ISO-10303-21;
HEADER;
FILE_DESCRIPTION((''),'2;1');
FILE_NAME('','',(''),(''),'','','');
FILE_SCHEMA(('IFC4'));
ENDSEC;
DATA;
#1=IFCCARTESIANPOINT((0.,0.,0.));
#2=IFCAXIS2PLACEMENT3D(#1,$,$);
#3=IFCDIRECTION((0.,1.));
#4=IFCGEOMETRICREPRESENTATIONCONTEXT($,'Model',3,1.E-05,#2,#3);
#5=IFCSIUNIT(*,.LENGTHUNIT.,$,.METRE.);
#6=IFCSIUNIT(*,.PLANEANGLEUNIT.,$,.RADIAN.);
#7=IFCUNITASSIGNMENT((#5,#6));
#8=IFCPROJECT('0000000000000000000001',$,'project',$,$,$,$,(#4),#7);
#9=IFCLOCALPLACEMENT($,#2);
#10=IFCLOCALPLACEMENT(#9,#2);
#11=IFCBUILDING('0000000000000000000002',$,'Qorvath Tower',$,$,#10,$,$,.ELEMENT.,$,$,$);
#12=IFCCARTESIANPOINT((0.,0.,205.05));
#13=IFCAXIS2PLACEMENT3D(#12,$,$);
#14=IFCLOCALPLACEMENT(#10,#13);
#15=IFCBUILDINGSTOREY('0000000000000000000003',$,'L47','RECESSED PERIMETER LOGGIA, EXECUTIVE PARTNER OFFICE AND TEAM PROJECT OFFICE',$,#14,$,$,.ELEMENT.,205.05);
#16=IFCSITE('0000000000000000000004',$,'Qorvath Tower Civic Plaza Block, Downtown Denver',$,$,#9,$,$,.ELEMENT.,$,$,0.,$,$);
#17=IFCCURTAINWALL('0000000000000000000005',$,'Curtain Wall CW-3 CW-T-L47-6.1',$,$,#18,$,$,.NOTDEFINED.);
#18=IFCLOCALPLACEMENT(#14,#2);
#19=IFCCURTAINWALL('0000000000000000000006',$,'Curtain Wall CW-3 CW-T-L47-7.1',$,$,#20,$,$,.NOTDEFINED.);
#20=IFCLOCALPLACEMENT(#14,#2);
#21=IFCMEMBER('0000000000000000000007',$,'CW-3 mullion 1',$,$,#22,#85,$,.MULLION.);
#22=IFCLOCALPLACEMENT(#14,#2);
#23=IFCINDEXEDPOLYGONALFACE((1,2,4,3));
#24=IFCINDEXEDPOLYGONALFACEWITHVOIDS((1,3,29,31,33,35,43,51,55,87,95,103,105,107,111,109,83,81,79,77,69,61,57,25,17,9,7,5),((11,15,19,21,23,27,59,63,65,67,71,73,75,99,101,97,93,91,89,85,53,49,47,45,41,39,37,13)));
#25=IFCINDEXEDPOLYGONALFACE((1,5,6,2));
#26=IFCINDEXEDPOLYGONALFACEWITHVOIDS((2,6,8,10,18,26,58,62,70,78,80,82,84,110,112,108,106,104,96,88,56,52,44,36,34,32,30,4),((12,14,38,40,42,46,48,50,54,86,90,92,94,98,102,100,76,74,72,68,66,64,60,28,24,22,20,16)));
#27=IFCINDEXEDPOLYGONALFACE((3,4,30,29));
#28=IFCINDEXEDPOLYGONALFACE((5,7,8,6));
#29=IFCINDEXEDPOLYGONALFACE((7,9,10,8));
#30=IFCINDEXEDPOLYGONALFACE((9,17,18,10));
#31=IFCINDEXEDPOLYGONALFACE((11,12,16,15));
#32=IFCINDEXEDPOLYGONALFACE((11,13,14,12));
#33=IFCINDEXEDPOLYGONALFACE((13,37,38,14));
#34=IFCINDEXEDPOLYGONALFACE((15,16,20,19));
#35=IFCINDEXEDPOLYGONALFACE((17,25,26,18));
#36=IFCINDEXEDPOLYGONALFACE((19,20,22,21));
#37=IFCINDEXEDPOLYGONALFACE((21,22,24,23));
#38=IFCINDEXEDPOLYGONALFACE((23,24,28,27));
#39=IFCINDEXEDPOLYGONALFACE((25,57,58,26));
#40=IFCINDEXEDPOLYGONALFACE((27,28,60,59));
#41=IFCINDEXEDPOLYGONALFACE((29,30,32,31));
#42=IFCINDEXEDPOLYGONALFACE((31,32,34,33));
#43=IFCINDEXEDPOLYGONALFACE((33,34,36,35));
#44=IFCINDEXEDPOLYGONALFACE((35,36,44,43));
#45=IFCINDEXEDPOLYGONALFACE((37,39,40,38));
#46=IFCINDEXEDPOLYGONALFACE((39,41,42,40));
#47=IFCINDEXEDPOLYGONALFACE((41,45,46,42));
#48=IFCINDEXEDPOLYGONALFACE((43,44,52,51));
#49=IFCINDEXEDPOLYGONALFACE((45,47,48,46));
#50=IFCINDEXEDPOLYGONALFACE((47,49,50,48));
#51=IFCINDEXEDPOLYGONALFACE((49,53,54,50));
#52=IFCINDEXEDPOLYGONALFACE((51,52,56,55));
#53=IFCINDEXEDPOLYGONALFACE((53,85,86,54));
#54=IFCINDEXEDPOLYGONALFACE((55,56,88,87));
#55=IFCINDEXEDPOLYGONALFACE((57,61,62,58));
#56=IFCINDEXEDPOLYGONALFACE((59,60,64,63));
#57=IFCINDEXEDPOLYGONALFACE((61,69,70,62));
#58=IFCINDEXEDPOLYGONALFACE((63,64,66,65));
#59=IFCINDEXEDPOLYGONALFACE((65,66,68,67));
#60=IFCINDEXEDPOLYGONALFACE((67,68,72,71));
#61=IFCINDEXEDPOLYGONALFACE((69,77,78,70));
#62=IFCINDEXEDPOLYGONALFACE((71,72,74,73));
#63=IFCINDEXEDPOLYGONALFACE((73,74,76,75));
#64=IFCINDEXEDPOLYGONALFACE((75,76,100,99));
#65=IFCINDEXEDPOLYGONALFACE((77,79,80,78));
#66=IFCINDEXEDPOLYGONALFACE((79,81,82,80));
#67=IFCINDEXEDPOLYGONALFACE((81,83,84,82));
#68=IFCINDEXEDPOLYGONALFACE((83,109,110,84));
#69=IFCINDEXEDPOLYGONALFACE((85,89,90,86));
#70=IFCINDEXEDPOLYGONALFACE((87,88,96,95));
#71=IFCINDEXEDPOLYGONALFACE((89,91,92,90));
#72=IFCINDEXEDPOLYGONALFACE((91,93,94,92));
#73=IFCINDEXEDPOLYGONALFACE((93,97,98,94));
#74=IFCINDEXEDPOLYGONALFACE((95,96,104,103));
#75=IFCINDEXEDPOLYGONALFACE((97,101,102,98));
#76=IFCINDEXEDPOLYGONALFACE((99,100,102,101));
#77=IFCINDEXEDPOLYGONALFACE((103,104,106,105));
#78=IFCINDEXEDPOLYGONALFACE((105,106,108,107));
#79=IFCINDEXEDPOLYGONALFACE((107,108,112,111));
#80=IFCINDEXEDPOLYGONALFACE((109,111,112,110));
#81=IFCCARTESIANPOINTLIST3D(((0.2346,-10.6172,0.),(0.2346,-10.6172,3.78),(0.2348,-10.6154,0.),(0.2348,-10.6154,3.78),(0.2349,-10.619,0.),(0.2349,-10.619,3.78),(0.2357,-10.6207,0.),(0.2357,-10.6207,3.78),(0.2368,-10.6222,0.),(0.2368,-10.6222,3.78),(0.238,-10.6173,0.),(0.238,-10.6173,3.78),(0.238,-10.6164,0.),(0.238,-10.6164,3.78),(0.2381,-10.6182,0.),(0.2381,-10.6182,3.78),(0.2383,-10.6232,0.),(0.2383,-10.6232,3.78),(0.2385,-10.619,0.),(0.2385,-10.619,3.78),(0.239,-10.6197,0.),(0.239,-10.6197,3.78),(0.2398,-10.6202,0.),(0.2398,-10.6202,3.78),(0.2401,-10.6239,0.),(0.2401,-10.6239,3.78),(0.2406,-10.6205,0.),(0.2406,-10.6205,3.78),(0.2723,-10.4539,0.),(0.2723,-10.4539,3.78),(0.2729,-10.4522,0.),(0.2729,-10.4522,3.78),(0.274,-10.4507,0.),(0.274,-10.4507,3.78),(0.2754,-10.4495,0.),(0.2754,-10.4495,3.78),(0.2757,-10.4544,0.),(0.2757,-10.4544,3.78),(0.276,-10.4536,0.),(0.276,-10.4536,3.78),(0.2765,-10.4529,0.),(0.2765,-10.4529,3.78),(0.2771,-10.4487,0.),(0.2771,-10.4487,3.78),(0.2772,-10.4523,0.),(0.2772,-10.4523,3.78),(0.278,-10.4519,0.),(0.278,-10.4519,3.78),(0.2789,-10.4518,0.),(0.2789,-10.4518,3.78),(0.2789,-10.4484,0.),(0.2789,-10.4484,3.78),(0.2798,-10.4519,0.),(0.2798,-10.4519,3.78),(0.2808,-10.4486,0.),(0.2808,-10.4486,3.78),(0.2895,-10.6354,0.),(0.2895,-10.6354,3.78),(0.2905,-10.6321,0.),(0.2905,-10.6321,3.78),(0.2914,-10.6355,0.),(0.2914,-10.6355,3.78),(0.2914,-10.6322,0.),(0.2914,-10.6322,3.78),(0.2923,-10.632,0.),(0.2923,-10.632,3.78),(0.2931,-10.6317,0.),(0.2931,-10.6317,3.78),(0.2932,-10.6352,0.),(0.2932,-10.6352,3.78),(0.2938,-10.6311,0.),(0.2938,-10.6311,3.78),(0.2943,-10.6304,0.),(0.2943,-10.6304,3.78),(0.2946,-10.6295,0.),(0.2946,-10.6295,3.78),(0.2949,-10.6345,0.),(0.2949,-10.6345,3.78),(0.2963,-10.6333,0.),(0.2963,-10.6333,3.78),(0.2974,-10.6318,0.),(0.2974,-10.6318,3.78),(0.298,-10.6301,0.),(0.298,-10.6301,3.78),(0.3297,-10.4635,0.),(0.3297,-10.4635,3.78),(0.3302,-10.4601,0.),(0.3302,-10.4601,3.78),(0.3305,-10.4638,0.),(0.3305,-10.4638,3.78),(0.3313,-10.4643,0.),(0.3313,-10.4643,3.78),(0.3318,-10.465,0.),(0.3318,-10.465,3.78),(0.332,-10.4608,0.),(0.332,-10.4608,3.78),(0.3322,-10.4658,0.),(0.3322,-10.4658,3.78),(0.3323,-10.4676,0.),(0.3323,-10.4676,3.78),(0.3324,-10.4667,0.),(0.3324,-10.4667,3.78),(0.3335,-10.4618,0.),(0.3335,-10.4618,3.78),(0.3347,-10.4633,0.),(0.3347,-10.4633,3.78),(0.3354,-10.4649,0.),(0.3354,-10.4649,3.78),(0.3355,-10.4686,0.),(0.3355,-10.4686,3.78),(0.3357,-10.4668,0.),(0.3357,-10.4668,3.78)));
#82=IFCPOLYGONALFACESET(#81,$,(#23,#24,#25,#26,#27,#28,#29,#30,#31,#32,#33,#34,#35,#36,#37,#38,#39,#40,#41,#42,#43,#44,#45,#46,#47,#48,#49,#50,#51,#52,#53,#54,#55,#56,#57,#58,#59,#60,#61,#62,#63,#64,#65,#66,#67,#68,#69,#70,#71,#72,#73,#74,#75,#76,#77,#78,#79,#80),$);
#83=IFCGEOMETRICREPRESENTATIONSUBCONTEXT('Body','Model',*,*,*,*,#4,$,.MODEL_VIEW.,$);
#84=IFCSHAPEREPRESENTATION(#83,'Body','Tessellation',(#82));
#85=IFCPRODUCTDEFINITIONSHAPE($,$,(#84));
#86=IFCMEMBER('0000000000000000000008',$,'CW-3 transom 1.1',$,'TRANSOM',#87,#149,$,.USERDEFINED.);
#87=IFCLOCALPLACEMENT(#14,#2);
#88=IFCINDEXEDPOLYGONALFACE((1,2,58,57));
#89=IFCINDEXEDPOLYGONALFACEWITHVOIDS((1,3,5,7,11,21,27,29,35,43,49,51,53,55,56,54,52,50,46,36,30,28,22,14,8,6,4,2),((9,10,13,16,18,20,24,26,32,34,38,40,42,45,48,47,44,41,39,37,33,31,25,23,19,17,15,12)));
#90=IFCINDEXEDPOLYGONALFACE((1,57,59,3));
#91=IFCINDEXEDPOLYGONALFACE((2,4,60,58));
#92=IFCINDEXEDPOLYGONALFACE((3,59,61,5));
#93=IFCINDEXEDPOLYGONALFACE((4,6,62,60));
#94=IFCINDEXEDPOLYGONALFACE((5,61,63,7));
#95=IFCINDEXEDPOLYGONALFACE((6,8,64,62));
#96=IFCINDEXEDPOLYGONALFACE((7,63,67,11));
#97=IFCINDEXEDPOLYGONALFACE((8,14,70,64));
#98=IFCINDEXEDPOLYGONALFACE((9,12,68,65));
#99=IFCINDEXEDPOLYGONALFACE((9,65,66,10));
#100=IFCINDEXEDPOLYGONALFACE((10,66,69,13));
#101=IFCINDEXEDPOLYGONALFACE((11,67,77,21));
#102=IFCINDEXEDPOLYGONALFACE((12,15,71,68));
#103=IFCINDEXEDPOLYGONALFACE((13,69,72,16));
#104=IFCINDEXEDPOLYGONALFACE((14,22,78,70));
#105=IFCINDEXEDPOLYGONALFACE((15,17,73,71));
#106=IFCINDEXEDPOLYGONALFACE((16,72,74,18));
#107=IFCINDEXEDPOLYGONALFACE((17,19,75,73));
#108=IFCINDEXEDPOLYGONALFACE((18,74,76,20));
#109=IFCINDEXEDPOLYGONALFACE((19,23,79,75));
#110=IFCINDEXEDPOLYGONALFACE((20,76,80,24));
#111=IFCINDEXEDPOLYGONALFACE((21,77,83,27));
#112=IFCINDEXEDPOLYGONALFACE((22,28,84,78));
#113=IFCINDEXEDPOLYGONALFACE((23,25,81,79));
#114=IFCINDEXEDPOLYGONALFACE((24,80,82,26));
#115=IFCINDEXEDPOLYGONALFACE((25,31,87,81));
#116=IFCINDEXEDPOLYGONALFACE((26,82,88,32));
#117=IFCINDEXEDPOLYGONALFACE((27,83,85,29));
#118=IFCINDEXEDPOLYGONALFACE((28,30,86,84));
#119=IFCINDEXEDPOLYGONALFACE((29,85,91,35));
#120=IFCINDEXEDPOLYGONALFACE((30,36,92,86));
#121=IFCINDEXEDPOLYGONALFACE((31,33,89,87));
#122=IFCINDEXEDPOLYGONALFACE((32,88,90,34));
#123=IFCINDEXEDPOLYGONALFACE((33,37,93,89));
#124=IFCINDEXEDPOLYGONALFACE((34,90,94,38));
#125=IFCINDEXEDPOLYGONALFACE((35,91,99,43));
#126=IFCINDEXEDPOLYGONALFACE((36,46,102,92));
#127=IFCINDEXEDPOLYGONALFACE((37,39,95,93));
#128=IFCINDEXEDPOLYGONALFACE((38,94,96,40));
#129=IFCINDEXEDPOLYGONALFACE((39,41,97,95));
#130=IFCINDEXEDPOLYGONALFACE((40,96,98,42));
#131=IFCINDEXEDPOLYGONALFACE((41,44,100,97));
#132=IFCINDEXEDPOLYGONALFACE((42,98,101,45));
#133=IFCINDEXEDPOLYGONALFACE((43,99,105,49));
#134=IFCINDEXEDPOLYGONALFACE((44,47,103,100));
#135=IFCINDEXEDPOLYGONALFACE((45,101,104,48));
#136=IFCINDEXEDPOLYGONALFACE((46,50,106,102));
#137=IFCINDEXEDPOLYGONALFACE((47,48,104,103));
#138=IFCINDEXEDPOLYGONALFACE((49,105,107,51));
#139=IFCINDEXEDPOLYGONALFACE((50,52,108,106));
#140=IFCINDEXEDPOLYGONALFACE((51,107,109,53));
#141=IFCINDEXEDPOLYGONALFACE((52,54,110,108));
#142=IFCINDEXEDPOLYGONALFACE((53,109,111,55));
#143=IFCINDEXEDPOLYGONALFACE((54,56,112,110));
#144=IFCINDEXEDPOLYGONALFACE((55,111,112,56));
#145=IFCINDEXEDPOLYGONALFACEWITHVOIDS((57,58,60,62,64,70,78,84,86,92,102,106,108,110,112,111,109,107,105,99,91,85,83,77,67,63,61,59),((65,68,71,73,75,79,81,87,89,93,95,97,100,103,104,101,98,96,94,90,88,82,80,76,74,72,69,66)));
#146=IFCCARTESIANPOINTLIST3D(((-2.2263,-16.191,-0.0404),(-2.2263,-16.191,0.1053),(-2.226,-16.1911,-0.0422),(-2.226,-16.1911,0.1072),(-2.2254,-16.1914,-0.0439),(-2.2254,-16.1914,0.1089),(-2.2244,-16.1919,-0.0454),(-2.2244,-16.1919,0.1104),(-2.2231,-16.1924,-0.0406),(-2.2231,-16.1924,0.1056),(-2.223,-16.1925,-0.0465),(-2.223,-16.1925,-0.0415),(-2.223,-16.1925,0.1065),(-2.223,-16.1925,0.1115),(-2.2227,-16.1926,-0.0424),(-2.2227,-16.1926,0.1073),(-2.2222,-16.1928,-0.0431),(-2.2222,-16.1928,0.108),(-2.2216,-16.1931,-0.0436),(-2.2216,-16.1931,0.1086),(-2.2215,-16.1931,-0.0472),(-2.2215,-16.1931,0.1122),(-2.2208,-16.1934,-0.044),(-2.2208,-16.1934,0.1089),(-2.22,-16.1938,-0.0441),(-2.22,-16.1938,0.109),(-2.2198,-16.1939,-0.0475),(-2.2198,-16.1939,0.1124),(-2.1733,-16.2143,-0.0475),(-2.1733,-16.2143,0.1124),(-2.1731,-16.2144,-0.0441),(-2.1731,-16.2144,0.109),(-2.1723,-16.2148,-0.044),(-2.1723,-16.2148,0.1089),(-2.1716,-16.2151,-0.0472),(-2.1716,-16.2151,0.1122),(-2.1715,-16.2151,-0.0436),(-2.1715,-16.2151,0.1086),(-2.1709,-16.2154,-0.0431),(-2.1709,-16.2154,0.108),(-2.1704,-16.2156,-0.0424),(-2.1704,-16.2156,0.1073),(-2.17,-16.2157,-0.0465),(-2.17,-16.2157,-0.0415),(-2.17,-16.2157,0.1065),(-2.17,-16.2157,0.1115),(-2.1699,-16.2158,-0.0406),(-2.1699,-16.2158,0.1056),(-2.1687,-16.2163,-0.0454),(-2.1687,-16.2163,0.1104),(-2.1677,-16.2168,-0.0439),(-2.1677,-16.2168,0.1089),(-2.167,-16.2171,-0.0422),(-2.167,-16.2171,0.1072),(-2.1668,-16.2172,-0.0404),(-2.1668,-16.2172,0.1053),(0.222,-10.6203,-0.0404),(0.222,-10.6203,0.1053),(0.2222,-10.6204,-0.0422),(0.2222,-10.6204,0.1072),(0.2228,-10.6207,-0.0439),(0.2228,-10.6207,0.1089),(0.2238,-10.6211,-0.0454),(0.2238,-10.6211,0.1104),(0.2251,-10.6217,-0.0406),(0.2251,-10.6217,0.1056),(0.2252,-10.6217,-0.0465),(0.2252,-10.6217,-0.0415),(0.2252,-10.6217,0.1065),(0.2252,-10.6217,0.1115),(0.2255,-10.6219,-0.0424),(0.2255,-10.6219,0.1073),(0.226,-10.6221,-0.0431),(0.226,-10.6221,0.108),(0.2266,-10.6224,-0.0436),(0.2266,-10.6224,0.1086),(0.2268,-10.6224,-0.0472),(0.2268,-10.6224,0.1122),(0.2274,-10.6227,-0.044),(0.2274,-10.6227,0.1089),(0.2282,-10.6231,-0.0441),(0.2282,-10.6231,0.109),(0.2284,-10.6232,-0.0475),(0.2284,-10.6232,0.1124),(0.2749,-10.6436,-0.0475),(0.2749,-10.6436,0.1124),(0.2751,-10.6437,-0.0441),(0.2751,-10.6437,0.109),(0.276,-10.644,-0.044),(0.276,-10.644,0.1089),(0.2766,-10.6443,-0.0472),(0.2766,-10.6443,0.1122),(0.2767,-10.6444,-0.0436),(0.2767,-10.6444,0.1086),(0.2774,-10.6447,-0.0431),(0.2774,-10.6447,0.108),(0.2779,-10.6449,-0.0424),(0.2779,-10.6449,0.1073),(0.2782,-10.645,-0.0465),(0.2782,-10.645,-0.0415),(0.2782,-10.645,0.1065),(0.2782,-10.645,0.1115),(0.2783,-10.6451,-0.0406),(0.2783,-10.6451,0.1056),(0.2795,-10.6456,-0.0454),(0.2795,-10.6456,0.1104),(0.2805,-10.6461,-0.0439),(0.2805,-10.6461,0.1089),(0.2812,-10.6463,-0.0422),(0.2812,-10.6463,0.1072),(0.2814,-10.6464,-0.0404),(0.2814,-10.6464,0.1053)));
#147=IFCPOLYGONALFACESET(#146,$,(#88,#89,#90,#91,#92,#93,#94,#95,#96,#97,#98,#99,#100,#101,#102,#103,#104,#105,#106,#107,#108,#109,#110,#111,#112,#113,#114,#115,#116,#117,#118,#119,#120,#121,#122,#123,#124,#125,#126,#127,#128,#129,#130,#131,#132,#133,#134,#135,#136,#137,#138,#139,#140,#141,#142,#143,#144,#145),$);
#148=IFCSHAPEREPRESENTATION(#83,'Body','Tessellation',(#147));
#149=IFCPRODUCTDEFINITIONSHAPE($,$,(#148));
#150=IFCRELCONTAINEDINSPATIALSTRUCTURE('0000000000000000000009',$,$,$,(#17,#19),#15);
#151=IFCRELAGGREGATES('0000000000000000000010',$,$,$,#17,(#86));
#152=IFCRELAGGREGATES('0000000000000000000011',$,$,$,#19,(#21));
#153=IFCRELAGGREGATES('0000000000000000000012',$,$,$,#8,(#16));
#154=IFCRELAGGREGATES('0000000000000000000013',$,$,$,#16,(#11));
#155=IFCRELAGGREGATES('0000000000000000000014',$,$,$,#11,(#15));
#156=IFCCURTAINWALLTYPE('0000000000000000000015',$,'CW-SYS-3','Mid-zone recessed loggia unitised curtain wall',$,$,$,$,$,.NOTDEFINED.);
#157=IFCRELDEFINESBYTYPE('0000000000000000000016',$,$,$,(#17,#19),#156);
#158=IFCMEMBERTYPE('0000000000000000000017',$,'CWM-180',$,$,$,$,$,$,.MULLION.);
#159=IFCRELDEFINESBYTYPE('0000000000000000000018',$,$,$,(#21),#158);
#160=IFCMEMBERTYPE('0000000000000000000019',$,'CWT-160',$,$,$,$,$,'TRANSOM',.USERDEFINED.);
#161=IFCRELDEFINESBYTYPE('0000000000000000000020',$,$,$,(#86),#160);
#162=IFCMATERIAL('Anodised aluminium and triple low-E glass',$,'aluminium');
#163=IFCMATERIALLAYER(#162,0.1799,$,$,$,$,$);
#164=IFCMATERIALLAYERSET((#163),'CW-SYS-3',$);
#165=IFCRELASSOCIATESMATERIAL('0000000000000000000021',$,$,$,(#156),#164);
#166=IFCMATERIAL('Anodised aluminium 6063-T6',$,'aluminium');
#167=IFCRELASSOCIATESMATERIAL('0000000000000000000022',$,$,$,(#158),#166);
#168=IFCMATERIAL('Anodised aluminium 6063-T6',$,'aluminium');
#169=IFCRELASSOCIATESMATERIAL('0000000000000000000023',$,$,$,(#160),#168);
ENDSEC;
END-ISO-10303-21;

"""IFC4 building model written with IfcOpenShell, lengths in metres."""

from ifc_helpers import new_model, si_unit, direction, frame, origin, origin_2d, place, context, subcontext, project, spatial, hollow_rectangle, extrude, material, layer, layer_set, material_profile, profile_set, type_object, element, aggregate, save


model = new_model("IFC4")

# Units and contexts
model_context = context("Model", 3, precision=1e-05, world=origin(), true_north=direction((0.0, 1.0)))
body_context = subcontext(model_context, "Body", "Model", "MODEL_VIEW")
ifc_project = project(units=[si_unit("LENGTHUNIT", "METRE"), si_unit("PLANEANGLEUNIT", "RADIAN")], contexts=[model_context])

# Site, building, storey
site_placement = place(None, origin())
site = spatial("IfcSite", under=ifc_project, at=site_placement, Name="Qorvath Tower Civic Plaza Block, Downtown Denver", CompositionType="ELEMENT", RefElevation=0.0)
building_placement = place(site_placement, origin())
building = spatial("IfcBuilding", under=site, at=building_placement, Name="Qorvath Tower", CompositionType="ELEMENT")
storey_placement = place(building_placement, frame((0.0, 0.0, 205.05)))
storey = spatial("IfcBuildingStorey", under=building, at=storey_placement, Name="L47", Description="RECESSED PERIMETER LOGGIA, EXECUTIVE PARTNER OFFICE AND TEAM PROJECT OFFICE", CompositionType="ELEMENT", Elevation=205.05)

# Curtain wall
ifc_material_1 = material(Name="Anodised aluminium and triple low-E glass", Category="aluminium")
ifc_layer_1 = layer(ifc_material_1, 0.1799)
ifc_layer_set_1 = layer_set([ifc_layer_1], Name="CW-SYS-3")
curtain_wall_type = type_object("IfcCurtainWallType", Name="CW-SYS-3", Description="Mid-zone recessed loggia unitised curtain wall", PredefinedType="NOTDEFINED", material=ifc_layer_set_1)
curtain_wall_1_placement = place(storey_placement, origin())
curtain_wall_1 = element("IfcCurtainWall", 1, at=curtain_wall_1_placement, inside=storey, type_object=curtain_wall_type, Name="Curtain Wall CW-3 CW-T-L47-6.1", PredefinedType="NOTDEFINED")
ifc_material_2 = material(Name="Anodised aluminium 6063-T6", Category="aluminium")
ifc_material_profile_1 = material_profile(ifc_material_2, hollow_rectangle(XDim=0.0649, YDim=0.1799, WallThickness=0.0034, InnerFilletRadius=0.0034, OuterFilletRadius=0.0071, at=origin_2d()), Name="CWM 180x65")
ifc_profile_set_1 = profile_set([ifc_material_profile_1], Name="Anodised aluminium 6063-T6")
member_type_1 = type_object("IfcMemberType", Name="CWM-180", PredefinedType="MULLION", material=ifc_profile_set_1)

# Curtain wall, member
curtain_wall_2_placement = place(storey_placement, origin())
curtain_wall_2 = element("IfcCurtainWall", 2, at=curtain_wall_2_placement, inside=storey, type_object=curtain_wall_type, Name="Curtain Wall CW-3 CW-T-L47-7.1", PredefinedType="NOTDEFINED")
member_1_placement = place(storey_placement, frame((0.2852, -10.542, 0.0), z_axis=(0.0, 0.0, 1.0), x_axis=(-0.974064, 0.226272, 0.0)))
member_1 = element("IfcMember", 3, at=member_1_placement, type_object=member_type_1, Name="CW-3 mullion 1", PredefinedType="MULLION", context=body_context, shape_type="SweptSolid", body=[
    extrude(hollow_rectangle(XDim=0.0649, YDim=0.1799, WallThickness=0.0034, InnerFilletRadius=0.0034, OuterFilletRadius=0.0071, at=origin_2d()), origin(), (0.0, 0.0, 1.0), 3.78),
])

# Member
ifc_material_3 = material(Name="Anodised aluminium 6063-T6", Category="aluminium")
ifc_material_profile_2 = material_profile(ifc_material_3, hollow_rectangle(XDim=0.0649, YDim=0.1599, WallThickness=0.0034, InnerFilletRadius=0.0034, OuterFilletRadius=0.0071, at=origin_2d()), Name="CWT 160x65")
ifc_profile_set_2 = profile_set([ifc_material_profile_2], Name="Anodised aluminium 6063-T6")
member_type_2 = type_object("IfcMemberType", Name="CWT-160", ElementType="TRANSOM", PredefinedType="USERDEFINED", material=ifc_profile_set_2)
member_2_placement = place(storey_placement, frame((-2.1965, -16.2041, 0.0325), z_axis=(0.402338, 0.915491, 0.0), x_axis=(-0.915491, 0.402338, 0.0)))
member_2 = element("IfcMember", 4, at=member_2_placement, type_object=member_type_2, Name="CW-3 transom 1.1", ObjectType="TRANSOM", PredefinedType="USERDEFINED", context=body_context, shape_type="SweptSolid", body=[
    extrude(hollow_rectangle(XDim=0.0649, YDim=0.1599, WallThickness=0.0034, InnerFilletRadius=0.0034, OuterFilletRadius=0.0071, at=origin_2d()), origin(), (0.0, 0.0, 1.0), 6.085),
])

aggregate(curtain_wall_1, [member_2])
aggregate(curtain_wall_2, [member_1])

save(model, "model.ifc")
